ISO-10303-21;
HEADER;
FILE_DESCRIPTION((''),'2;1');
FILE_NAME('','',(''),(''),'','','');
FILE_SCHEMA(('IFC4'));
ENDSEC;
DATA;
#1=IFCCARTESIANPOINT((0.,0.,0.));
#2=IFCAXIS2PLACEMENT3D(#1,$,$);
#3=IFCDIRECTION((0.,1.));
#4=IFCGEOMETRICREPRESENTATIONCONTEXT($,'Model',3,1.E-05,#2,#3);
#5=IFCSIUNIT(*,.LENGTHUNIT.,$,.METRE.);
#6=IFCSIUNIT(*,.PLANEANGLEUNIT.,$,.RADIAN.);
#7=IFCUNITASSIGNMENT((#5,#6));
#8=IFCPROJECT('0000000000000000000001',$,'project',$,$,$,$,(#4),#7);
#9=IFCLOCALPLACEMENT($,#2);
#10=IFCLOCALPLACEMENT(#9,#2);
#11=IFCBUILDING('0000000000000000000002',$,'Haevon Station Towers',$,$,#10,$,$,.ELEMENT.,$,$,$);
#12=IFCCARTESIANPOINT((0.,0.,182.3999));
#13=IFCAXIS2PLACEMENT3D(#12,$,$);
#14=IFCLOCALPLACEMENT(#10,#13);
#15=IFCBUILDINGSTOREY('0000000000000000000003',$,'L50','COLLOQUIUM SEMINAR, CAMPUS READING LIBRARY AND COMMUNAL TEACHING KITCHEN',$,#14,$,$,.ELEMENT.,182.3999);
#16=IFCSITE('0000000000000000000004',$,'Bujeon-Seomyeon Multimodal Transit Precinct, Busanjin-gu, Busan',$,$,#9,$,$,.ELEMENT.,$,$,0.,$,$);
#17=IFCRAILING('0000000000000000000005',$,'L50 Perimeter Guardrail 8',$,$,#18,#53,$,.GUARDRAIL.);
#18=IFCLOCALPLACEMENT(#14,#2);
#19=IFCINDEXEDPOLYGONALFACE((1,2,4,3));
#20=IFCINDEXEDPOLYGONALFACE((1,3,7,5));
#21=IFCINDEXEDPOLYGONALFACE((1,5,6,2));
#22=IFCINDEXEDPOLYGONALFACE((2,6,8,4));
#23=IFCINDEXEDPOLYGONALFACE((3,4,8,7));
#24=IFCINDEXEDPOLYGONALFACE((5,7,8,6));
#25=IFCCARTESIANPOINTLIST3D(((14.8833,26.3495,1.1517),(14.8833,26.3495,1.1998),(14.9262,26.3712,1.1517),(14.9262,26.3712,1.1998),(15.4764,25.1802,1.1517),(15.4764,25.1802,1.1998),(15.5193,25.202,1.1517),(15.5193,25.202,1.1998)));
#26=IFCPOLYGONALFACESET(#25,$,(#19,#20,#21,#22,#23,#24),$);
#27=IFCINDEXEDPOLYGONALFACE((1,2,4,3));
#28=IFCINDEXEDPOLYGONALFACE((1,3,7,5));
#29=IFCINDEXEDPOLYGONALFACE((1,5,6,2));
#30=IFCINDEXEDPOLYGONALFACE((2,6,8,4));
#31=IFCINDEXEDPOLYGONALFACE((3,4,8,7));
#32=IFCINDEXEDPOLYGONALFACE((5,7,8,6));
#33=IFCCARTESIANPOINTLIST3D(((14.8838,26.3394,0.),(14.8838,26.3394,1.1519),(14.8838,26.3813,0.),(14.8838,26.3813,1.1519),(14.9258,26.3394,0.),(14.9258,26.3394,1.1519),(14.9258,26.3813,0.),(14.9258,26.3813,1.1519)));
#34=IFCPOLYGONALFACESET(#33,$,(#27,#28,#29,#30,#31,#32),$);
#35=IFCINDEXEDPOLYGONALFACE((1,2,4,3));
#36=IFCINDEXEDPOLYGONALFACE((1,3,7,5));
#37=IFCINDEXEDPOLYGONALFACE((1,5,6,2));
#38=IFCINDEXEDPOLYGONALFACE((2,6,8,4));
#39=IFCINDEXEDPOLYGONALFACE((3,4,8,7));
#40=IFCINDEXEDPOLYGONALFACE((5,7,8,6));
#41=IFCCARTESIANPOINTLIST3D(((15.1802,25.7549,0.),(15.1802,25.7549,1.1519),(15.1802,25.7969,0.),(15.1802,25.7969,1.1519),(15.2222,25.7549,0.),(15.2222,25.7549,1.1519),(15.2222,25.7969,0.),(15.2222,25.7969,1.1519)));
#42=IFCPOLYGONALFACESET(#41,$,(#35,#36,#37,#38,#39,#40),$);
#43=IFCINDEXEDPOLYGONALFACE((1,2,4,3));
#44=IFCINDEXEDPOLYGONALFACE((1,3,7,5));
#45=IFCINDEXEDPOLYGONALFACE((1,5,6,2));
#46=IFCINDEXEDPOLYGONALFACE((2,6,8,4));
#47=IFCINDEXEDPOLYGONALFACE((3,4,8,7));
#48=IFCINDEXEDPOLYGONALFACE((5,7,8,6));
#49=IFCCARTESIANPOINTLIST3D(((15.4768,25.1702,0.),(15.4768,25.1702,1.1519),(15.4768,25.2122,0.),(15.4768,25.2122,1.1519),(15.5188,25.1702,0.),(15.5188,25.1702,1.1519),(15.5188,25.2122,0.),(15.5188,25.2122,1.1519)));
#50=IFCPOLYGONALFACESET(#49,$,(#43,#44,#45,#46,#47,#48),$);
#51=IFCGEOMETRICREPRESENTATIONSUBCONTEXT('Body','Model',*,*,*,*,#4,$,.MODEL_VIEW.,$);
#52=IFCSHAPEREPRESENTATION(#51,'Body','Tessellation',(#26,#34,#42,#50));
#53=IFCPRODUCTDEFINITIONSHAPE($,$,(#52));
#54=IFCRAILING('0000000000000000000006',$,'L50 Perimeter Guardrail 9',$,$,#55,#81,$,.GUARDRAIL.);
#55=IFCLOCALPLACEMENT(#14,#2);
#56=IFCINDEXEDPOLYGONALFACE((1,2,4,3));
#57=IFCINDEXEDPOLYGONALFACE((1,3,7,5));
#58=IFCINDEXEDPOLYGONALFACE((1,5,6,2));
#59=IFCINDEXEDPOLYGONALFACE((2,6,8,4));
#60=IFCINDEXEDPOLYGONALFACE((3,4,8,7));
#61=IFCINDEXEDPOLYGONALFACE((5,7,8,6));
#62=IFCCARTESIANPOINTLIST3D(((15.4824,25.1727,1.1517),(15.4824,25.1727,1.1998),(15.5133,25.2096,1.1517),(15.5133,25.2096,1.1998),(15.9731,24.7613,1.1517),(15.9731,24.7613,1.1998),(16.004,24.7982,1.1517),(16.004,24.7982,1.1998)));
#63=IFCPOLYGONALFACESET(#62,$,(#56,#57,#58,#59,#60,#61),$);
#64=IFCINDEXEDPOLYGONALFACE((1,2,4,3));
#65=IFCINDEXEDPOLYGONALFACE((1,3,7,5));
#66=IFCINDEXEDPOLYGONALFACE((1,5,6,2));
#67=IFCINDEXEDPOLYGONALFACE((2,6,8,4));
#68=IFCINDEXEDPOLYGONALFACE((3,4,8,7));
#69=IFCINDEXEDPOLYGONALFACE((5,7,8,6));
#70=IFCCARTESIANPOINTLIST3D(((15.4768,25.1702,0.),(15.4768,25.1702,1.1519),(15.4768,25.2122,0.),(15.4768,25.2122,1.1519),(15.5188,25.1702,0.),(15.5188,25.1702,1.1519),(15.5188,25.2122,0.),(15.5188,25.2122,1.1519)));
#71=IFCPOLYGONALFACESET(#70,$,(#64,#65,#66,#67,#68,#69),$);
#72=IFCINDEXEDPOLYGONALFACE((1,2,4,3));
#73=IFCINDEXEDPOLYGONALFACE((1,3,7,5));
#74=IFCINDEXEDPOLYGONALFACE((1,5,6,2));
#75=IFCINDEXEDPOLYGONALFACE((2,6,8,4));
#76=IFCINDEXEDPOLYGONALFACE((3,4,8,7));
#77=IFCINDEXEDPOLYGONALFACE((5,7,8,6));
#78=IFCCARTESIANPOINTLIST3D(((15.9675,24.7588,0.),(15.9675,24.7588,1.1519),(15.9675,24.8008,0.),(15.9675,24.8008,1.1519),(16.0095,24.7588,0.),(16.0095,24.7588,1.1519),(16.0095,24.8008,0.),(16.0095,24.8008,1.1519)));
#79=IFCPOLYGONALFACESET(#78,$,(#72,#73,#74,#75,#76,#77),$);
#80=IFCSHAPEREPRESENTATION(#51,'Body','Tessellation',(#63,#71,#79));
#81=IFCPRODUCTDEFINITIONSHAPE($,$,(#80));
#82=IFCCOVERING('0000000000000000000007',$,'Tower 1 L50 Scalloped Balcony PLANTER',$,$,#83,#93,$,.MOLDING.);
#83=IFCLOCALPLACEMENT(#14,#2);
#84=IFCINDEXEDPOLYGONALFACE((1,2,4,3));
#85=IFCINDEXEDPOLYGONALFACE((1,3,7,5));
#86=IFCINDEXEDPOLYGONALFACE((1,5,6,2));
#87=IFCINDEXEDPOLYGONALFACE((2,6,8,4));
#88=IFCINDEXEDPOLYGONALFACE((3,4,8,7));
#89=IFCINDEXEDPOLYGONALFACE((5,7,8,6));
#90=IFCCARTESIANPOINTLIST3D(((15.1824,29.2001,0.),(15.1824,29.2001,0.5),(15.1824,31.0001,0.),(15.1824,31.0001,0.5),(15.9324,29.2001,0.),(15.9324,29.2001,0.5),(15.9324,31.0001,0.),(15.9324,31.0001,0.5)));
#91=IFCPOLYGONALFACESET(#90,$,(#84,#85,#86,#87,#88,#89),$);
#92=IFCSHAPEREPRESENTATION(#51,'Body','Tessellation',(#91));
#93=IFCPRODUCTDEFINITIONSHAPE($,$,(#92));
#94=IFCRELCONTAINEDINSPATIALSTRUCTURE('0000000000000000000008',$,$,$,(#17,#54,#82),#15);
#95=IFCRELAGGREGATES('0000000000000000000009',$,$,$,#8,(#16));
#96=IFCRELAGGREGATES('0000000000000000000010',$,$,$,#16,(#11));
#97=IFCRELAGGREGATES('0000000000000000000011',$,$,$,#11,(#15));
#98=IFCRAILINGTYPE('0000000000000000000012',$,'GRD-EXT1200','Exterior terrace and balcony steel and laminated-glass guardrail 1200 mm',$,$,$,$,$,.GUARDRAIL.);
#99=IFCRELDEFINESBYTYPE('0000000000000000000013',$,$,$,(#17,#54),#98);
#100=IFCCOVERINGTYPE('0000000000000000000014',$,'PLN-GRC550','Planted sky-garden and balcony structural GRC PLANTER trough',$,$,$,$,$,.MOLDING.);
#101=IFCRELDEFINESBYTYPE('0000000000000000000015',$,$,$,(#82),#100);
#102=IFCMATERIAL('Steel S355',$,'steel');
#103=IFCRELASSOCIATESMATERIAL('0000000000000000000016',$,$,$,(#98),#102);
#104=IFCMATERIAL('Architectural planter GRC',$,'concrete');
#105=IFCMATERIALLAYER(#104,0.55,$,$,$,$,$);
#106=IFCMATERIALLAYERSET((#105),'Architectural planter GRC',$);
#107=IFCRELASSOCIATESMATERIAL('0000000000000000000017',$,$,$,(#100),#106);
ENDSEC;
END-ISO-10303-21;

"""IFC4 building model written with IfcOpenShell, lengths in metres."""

from ifc_helpers import new_model, si_unit, direction, frame, origin, origin_2d, place, context, subcontext, project, spatial, rectangle, extrude, material, layer, layer_set, type_object, element, save


model = new_model("IFC4")

# Units and contexts
model_context = context("Model", 3, precision=1e-05, world=origin(), true_north=direction((0.0, 1.0)))
body_context = subcontext(model_context, "Body", "Model", "MODEL_VIEW")
ifc_project = project(units=[si_unit("LENGTHUNIT", "METRE"), si_unit("PLANEANGLEUNIT", "RADIAN")], contexts=[model_context])

# Site, building, storey
site_placement = place(None, origin())
site = spatial("IfcSite", under=ifc_project, at=site_placement, Name="Bujeon-Seomyeon Multimodal Transit Precinct, Busanjin-gu, Busan", CompositionType="ELEMENT", RefElevation=0.0)
building_placement = place(site_placement, origin())
building = spatial("IfcBuilding", under=site, at=building_placement, Name="Haevon Station Towers", CompositionType="ELEMENT")
storey_placement = place(building_placement, frame((0.0, 0.0, 182.3999)))
storey = spatial("IfcBuildingStorey", under=building, at=storey_placement, Name="L50", Description="COLLOQUIUM SEMINAR, CAMPUS READING LIBRARY AND COMMUNAL TEACHING KITCHEN", CompositionType="ELEMENT", Elevation=182.3999)

# Shared definitions
ifc_material_1 = material(Name="Steel S355", Category="steel")

# Railings
railing_type = type_object("IfcRailingType", Name="GRD-EXT1200", Description="Exterior terrace and balcony steel and laminated-glass guardrail 1200 mm", PredefinedType="GUARDRAIL", material=ifc_material_1)
railing_1_placement = place(storey_placement, frame((14.9048, 26.3604, 0.0)))
element("IfcRailing", 1, at=railing_1_placement, inside=storey, type_object=railing_type, Name="L50 Perimeter Guardrail 8", PredefinedType="GUARDRAIL", context=body_context, shape_type="SweptSolid", body=[
    extrude(rectangle(XDim=0.0481, YDim=0.0481, at=origin_2d()), frame((0.0, 0.0, 1.1758), z_axis=(0.452346, -0.891842, 0.0), x_axis=(0.891842, 0.452346, 0.0)), (0.0, 0.0, 1.0), 1.311),
    extrude(rectangle(XDim=0.042, YDim=0.042, at=origin_2d()), origin(), (0.0, 0.0, 1.0), 1.1519),
    extrude(rectangle(XDim=0.042, YDim=0.042, at=origin_2d()), frame((0.2964, -0.5845, 0.0)), (0.0, 0.0, 1.0), 1.1519),
    extrude(rectangle(XDim=0.042, YDim=0.042, at=origin_2d()), frame((0.593, -1.1692, 0.0)), (0.0, 0.0, 1.0), 1.1519),
])
railing_2_placement = place(storey_placement, frame((15.4978, 25.1912, 0.0)))
element("IfcRailing", 2, at=railing_2_placement, inside=storey, type_object=railing_type, Name="L50 Perimeter Guardrail 9", PredefinedType="GUARDRAIL", context=body_context, shape_type="SweptSolid", body=[
    extrude(rectangle(XDim=0.0481, YDim=0.0481, at=origin_2d()), frame((0.0, 0.0, 1.1758), z_axis=(0.766343, -0.642432, 0.0), x_axis=(0.642432, 0.766343, 0.0)), (0.0, 0.0, 1.0), 0.6404),
    extrude(rectangle(XDim=0.042, YDim=0.042, at=origin_2d()), origin(), (0.0, 0.0, 1.0), 1.1519),
    extrude(rectangle(XDim=0.042, YDim=0.042, at=origin_2d()), frame((0.4907, -0.4114, 0.0)), (0.0, 0.0, 1.0), 1.1519),
])

# Covering
ifc_material_2 = material(Name="Architectural planter GRC", Category="concrete")
ifc_layer_1 = layer(ifc_material_2, 0.55)
ifc_layer_set_1 = layer_set([ifc_layer_1], Name="Architectural planter GRC")
covering_type = type_object("IfcCoveringType", Name="PLN-GRC550", Description="Planted sky-garden and balcony structural GRC PLANTER trough", PredefinedType="MOLDING", material=ifc_layer_set_1)
covering_placement = place(storey_placement, frame((15.5574, 30.1001, 0.0), z_axis=(0.0, 0.0, 1.0), x_axis=(1.0, 0.0, 0.0)))
element("IfcCovering", 3, at=covering_placement, inside=storey, type_object=covering_type, Name="Tower 1 L50 Scalloped Balcony PLANTER", PredefinedType="MOLDING", context=body_context, shape_type="SweptSolid", body=[
    extrude(rectangle(XDim=0.75, YDim=1.8, at=origin_2d()), origin(), (0.0, 0.0, 1.0), 0.5),
])

save(model, "model.ifc")
